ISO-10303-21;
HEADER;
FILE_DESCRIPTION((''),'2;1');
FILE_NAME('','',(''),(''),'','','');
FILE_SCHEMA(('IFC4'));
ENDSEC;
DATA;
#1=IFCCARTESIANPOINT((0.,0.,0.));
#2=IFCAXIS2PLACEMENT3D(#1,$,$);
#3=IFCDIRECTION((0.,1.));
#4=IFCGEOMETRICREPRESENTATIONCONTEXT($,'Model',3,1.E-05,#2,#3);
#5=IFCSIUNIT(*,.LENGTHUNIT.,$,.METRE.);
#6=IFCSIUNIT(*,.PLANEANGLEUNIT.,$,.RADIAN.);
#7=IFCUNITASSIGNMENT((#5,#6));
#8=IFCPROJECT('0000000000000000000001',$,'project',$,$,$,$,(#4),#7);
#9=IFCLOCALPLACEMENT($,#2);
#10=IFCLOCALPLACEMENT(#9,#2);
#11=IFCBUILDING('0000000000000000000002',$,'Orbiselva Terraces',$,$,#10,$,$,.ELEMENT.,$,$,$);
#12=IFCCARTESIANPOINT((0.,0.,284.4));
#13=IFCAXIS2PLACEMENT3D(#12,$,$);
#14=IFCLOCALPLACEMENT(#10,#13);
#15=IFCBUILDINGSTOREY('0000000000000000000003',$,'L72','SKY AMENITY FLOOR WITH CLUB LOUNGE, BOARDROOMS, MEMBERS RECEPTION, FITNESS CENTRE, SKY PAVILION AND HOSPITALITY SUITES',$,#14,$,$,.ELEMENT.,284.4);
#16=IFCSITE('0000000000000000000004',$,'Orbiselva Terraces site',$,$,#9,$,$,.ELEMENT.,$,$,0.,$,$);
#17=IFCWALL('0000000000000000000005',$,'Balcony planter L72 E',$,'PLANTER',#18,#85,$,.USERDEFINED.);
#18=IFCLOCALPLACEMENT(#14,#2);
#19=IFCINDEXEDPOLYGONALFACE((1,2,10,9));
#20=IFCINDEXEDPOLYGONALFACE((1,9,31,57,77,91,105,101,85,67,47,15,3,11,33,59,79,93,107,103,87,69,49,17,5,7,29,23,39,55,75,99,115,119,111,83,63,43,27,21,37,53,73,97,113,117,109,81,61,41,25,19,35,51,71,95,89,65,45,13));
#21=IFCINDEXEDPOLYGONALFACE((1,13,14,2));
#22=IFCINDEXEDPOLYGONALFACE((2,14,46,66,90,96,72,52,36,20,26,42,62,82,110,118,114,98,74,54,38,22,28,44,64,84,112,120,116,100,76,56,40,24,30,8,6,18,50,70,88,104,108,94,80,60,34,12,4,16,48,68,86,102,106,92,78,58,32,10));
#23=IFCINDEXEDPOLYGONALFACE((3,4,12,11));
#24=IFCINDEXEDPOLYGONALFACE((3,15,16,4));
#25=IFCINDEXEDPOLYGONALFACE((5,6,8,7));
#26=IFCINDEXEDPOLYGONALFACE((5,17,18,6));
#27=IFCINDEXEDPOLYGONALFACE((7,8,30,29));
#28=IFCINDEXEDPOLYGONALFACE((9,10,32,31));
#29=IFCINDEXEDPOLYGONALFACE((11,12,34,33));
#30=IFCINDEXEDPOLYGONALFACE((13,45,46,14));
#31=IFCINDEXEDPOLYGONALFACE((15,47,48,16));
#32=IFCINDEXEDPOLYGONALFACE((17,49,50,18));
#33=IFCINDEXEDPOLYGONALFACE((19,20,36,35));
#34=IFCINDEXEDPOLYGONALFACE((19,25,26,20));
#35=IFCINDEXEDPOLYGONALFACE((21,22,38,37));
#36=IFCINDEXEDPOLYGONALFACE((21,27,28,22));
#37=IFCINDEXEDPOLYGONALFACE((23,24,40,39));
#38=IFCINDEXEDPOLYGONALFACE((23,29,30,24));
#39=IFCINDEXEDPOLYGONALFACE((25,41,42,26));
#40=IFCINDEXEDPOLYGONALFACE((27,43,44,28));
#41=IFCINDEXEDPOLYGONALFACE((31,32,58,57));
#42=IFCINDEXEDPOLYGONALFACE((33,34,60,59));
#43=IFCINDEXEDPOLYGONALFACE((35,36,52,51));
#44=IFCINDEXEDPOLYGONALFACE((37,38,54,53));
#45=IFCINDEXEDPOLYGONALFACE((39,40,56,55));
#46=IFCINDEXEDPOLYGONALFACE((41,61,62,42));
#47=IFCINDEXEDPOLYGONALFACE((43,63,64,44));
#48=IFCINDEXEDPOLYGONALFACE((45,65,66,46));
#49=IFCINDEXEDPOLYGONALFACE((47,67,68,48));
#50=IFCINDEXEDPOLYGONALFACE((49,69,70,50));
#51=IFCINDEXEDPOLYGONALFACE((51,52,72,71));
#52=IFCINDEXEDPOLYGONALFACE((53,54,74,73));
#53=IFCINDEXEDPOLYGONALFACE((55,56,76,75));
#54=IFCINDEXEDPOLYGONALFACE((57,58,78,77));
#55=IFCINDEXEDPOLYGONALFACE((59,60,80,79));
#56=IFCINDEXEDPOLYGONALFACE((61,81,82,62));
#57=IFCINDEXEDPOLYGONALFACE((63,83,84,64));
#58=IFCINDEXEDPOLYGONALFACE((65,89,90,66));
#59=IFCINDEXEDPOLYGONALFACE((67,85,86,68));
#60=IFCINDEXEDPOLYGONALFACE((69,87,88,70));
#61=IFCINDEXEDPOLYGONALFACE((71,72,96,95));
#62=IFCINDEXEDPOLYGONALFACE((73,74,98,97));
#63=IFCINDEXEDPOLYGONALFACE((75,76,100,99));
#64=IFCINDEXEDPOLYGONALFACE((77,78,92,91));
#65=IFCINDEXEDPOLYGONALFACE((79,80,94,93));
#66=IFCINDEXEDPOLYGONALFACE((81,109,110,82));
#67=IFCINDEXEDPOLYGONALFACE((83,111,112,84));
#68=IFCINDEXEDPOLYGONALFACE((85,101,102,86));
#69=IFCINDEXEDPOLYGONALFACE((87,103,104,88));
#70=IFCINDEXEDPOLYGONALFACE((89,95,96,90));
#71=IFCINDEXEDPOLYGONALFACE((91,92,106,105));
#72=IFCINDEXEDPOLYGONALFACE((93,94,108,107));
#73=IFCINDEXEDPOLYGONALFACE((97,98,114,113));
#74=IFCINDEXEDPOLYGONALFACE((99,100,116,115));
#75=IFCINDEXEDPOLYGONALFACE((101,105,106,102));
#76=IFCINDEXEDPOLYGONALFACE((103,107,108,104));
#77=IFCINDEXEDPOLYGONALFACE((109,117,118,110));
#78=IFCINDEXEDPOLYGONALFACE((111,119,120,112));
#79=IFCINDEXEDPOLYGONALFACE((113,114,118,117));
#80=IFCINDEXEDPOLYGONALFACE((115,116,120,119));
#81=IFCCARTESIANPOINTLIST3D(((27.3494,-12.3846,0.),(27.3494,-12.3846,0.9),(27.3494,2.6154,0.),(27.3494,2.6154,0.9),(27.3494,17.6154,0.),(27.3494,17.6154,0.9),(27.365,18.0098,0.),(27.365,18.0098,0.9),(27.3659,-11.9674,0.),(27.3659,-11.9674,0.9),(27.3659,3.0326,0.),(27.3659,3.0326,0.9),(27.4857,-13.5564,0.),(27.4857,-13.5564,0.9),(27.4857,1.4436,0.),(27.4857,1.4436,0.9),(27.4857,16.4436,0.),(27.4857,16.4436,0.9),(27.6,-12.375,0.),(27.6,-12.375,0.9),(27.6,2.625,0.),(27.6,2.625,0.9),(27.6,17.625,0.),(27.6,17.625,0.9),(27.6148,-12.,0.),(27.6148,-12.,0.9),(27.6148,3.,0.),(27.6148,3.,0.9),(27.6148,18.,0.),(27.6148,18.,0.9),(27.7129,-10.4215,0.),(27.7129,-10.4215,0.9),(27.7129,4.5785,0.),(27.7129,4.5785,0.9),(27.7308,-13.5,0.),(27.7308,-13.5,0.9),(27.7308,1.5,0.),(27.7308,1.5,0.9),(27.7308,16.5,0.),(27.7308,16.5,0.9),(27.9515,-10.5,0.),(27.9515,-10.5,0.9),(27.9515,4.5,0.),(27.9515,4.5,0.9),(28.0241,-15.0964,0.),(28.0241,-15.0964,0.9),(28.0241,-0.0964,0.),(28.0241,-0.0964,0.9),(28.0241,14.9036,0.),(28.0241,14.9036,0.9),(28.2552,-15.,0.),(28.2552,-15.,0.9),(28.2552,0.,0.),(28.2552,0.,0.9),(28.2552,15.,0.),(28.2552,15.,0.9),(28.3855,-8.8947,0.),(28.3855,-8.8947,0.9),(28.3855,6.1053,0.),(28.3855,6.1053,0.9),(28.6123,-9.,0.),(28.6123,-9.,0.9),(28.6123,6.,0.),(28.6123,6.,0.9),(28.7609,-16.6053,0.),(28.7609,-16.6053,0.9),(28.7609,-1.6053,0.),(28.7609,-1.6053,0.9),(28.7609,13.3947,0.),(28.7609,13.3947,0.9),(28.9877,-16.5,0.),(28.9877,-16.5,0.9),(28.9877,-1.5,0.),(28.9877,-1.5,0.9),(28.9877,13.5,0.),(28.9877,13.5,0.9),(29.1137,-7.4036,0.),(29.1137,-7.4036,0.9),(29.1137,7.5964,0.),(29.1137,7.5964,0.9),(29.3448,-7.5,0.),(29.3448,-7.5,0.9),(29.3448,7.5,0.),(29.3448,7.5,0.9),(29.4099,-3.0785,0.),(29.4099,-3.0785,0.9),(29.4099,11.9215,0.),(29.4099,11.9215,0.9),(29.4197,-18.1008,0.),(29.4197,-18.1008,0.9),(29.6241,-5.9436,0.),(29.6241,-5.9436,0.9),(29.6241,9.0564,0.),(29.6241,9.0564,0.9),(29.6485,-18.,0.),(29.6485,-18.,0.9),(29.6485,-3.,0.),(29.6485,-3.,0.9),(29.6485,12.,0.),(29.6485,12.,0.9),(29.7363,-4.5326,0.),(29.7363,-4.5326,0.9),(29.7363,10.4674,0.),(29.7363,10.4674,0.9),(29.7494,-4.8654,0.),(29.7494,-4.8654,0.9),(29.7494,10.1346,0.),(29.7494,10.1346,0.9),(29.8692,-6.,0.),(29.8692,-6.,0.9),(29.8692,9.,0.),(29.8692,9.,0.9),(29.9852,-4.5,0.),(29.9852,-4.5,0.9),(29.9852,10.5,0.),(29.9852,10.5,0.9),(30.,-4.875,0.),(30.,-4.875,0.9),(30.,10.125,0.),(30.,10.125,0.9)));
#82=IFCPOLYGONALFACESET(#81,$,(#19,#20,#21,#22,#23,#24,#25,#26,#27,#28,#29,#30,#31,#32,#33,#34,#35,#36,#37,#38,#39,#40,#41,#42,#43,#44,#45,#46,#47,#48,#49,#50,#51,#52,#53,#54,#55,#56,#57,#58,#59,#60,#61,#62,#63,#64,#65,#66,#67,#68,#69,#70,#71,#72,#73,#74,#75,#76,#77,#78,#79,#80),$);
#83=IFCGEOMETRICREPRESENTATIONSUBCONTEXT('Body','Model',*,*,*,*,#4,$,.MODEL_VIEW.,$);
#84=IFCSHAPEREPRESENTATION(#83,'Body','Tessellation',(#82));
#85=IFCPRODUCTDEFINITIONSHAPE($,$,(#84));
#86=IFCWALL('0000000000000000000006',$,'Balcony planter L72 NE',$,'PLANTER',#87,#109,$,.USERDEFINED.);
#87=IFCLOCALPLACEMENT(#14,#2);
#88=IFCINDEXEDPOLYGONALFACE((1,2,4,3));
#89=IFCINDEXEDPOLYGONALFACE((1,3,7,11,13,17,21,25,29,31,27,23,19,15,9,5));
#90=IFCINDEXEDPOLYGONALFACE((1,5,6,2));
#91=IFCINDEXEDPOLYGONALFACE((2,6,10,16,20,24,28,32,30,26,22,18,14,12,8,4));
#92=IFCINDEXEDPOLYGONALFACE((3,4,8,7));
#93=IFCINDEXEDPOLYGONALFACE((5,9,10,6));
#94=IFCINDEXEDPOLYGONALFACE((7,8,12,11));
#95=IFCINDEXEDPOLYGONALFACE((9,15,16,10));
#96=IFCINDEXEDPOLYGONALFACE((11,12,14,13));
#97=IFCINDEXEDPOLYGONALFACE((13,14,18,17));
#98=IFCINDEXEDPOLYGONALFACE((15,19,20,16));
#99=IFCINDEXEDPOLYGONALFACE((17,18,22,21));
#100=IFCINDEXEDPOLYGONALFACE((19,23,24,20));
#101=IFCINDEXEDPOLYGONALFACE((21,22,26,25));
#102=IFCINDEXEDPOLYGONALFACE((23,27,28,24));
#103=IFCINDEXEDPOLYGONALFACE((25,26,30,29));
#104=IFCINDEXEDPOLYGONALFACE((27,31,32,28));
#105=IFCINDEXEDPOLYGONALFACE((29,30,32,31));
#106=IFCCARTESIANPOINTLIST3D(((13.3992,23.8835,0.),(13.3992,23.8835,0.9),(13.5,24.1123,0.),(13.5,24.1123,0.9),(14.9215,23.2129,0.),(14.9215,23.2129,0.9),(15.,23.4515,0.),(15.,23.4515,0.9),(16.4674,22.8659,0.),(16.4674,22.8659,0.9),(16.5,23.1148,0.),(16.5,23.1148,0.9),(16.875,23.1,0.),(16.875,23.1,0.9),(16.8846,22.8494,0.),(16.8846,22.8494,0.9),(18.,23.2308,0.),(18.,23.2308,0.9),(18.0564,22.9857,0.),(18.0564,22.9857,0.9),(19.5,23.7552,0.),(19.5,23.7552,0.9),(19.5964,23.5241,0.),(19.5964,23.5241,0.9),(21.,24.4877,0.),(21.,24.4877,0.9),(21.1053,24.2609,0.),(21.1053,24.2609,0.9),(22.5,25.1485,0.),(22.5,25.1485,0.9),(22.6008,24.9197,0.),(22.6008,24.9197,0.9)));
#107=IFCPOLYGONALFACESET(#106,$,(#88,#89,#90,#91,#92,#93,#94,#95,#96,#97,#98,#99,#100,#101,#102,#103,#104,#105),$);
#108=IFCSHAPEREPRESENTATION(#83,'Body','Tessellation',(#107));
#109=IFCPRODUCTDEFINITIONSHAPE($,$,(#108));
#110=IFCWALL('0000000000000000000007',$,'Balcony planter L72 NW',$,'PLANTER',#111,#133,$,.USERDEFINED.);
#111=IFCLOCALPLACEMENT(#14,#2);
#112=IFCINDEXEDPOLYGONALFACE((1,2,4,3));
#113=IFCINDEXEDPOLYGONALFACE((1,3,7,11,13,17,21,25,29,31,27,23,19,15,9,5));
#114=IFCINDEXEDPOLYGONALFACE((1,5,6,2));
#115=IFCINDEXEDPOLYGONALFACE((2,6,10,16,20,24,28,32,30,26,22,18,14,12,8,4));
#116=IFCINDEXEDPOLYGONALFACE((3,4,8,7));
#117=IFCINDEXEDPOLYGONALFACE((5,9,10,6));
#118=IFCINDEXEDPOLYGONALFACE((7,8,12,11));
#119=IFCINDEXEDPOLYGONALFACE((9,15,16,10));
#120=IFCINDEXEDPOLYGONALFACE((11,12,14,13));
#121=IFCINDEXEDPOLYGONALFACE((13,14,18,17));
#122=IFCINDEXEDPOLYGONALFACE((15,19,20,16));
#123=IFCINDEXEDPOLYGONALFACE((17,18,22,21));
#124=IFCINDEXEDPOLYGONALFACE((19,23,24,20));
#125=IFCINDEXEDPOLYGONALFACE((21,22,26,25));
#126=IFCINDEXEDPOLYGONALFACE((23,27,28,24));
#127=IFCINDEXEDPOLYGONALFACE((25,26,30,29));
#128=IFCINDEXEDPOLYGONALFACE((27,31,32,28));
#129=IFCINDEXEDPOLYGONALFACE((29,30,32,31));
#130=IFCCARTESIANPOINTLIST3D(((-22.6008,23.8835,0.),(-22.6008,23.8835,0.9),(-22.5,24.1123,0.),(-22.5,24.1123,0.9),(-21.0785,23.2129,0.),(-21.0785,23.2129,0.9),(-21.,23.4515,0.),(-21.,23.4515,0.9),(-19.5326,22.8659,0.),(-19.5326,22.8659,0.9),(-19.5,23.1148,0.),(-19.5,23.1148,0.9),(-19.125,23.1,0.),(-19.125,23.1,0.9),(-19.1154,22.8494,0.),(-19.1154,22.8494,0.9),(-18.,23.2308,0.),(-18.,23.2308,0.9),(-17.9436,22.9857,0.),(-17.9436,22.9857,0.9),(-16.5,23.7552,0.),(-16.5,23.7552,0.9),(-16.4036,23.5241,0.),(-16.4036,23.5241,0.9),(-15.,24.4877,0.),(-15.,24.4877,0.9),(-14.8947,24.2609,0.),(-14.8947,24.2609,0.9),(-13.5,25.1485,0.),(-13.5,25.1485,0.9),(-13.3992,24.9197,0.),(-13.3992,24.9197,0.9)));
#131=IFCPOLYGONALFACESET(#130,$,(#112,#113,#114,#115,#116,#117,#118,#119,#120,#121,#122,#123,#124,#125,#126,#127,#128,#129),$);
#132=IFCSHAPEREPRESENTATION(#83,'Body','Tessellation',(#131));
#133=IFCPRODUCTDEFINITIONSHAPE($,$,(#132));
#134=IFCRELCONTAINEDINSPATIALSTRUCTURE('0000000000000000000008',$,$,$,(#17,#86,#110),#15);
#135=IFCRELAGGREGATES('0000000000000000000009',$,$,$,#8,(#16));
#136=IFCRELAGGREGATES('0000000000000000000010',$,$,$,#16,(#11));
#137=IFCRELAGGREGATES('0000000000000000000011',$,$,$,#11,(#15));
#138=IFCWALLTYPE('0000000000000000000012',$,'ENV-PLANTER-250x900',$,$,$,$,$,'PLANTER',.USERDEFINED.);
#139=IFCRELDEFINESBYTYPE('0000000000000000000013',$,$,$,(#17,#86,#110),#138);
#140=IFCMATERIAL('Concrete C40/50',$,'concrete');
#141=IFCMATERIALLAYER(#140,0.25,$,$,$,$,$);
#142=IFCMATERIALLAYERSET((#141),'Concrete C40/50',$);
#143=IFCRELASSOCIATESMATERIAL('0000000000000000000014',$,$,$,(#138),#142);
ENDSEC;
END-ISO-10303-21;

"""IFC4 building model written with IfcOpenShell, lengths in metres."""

from ifc_helpers import new_model, si_unit, direction, frame, origin, place, context, subcontext, project, spatial, polyline, outline, extrude, material, layer, layer_set, type_object, element, save


model = new_model("IFC4")

# Units and contexts
model_context = context("Model", 3, precision=1e-05, world=origin(), true_north=direction((0.0, 1.0)))
body_context = subcontext(model_context, "Body", "Model", "MODEL_VIEW")
ifc_project = project(units=[si_unit("LENGTHUNIT", "METRE"), si_unit("PLANEANGLEUNIT", "RADIAN")], contexts=[model_context])

# Site, building, storey
site_placement = place(None, origin())
site = spatial("IfcSite", under=ifc_project, at=site_placement, Name="Orbiselva Terraces site", CompositionType="ELEMENT", RefElevation=0.0)
building_placement = place(site_placement, origin())
building = spatial("IfcBuilding", under=site, at=building_placement, Name="Orbiselva Terraces", CompositionType="ELEMENT")
storey_placement = place(building_placement, frame((0.0, 0.0, 284.4)))
storey = spatial("IfcBuildingStorey", under=building, at=storey_placement, Name="L72", Description="SKY AMENITY FLOOR WITH CLUB LOUNGE, BOARDROOMS, MEMBERS RECEPTION, FITNESS CENTRE, SKY PAVILION AND HOSPITALITY SUITES", CompositionType="ELEMENT", Elevation=284.4)

# Shared definitions
ifc_material_1 = material(Name="Concrete C40/50", Category="concrete")

# Walls
ifc_layer_1 = layer(ifc_material_1, 0.25)
ifc_layer_set_1 = layer_set([ifc_layer_1], Name="Concrete C40/50")
wall_type = type_object("IfcWallType", Name="ENV-PLANTER-250x900", ElementType="PLANTER", PredefinedType="USERDEFINED", material=ifc_layer_set_1)
wall_1_placement = place(storey_placement, origin())
element("IfcWall", 1, at=wall_1_placement, inside=storey, type_object=wall_type, Name="Balcony planter L72 E", ObjectType="PLANTER", PredefinedType="USERDEFINED", context=body_context, shape_type="SweptSolid", body=[
    extrude(outline(polyline([(29.6485, -18.0), (28.9877, -16.5), (28.2552, -15.0), (27.7308, -13.5), (27.6, -12.375), (27.6148, -12.0), (27.9515, -10.5), (28.6123, -9.0), (29.3448, -7.5), (29.8692, -6.0), (30.0, -4.875), (29.9852, -4.5), (29.6485, -3.0), (28.9877, -1.5), (28.2552, 0.0), (27.7308, 1.5), (27.6, 2.625), (27.6148, 3.0), (27.9515, 4.5), (28.6123, 6.0), (29.3448, 7.5), (29.8692, 9.0), (30.0, 10.125), (29.9852, 10.5), (29.6485, 12.0), (28.9877, 13.5), (28.2552, 15.0), (27.7308, 16.5), (27.6, 17.625), (27.6148, 18.0), (27.365, 18.0098), (27.3494, 17.6154), (27.4857, 16.4436), (28.0241, 14.9036), (28.7609, 13.3947), (29.4099, 11.9215), (29.7363, 10.4674), (29.7494, 10.1346), (29.6241, 9.0564), (29.1137, 7.5964), (28.3855, 6.1053), (27.7129, 4.5785), (27.3659, 3.0326), (27.3494, 2.6154), (27.4857, 1.4436), (28.0241, -0.0964), (28.7609, -1.6053), (29.4099, -3.0785), (29.7363, -4.5326), (29.7494, -4.8654), (29.6241, -5.9436), (29.1137, -7.4036), (28.3855, -8.8947), (27.7129, -10.4215), (27.3659, -11.9674), (27.3494, -12.3846), (27.4857, -13.5564), (28.0241, -15.0964), (28.7609, -16.6053), (29.4197, -18.1008), (29.6485, -18.0)])), origin(), (0.0, 0.0, 1.0), 0.9),
])
wall_2_placement = place(storey_placement, origin())
element("IfcWall", 2, at=wall_2_placement, inside=storey, type_object=wall_type, Name="Balcony planter L72 NE", ObjectType="PLANTER", PredefinedType="USERDEFINED", context=body_context, shape_type="SweptSolid", body=[
    extrude(outline(polyline([(22.5, 25.1485), (21.0, 24.4877), (19.5, 23.7552), (18.0, 23.2308), (16.875, 23.1), (16.5, 23.1148), (15.0, 23.4515), (13.5, 24.1123), (13.3992, 23.8835), (14.9215, 23.2129), (16.4674, 22.8659), (16.8846, 22.8494), (18.0564, 22.9857), (19.5964, 23.5241), (21.1053, 24.2609), (22.6008, 24.9197), (22.5, 25.1485)])), origin(), (0.0, 0.0, 1.0), 0.9),
])
wall_3_placement = place(storey_placement, origin())
element("IfcWall", 3, at=wall_3_placement, inside=storey, type_object=wall_type, Name="Balcony planter L72 NW", ObjectType="PLANTER", PredefinedType="USERDEFINED", context=body_context, shape_type="SweptSolid", body=[
    extrude(outline(polyline([(-13.5, 25.1485), (-15.0, 24.4877), (-16.5, 23.7552), (-18.0, 23.2308), (-19.125, 23.1), (-19.5, 23.1148), (-21.0, 23.4515), (-22.5, 24.1123), (-22.6008, 23.8835), (-21.0785, 23.2129), (-19.5326, 22.8659), (-19.1154, 22.8494), (-17.9436, 22.9857), (-16.4036, 23.5241), (-14.8947, 24.2609), (-13.3992, 24.9197), (-13.5, 25.1485)])), origin(), (0.0, 0.0, 1.0), 0.9),
])

save(model, "model.ifc")
